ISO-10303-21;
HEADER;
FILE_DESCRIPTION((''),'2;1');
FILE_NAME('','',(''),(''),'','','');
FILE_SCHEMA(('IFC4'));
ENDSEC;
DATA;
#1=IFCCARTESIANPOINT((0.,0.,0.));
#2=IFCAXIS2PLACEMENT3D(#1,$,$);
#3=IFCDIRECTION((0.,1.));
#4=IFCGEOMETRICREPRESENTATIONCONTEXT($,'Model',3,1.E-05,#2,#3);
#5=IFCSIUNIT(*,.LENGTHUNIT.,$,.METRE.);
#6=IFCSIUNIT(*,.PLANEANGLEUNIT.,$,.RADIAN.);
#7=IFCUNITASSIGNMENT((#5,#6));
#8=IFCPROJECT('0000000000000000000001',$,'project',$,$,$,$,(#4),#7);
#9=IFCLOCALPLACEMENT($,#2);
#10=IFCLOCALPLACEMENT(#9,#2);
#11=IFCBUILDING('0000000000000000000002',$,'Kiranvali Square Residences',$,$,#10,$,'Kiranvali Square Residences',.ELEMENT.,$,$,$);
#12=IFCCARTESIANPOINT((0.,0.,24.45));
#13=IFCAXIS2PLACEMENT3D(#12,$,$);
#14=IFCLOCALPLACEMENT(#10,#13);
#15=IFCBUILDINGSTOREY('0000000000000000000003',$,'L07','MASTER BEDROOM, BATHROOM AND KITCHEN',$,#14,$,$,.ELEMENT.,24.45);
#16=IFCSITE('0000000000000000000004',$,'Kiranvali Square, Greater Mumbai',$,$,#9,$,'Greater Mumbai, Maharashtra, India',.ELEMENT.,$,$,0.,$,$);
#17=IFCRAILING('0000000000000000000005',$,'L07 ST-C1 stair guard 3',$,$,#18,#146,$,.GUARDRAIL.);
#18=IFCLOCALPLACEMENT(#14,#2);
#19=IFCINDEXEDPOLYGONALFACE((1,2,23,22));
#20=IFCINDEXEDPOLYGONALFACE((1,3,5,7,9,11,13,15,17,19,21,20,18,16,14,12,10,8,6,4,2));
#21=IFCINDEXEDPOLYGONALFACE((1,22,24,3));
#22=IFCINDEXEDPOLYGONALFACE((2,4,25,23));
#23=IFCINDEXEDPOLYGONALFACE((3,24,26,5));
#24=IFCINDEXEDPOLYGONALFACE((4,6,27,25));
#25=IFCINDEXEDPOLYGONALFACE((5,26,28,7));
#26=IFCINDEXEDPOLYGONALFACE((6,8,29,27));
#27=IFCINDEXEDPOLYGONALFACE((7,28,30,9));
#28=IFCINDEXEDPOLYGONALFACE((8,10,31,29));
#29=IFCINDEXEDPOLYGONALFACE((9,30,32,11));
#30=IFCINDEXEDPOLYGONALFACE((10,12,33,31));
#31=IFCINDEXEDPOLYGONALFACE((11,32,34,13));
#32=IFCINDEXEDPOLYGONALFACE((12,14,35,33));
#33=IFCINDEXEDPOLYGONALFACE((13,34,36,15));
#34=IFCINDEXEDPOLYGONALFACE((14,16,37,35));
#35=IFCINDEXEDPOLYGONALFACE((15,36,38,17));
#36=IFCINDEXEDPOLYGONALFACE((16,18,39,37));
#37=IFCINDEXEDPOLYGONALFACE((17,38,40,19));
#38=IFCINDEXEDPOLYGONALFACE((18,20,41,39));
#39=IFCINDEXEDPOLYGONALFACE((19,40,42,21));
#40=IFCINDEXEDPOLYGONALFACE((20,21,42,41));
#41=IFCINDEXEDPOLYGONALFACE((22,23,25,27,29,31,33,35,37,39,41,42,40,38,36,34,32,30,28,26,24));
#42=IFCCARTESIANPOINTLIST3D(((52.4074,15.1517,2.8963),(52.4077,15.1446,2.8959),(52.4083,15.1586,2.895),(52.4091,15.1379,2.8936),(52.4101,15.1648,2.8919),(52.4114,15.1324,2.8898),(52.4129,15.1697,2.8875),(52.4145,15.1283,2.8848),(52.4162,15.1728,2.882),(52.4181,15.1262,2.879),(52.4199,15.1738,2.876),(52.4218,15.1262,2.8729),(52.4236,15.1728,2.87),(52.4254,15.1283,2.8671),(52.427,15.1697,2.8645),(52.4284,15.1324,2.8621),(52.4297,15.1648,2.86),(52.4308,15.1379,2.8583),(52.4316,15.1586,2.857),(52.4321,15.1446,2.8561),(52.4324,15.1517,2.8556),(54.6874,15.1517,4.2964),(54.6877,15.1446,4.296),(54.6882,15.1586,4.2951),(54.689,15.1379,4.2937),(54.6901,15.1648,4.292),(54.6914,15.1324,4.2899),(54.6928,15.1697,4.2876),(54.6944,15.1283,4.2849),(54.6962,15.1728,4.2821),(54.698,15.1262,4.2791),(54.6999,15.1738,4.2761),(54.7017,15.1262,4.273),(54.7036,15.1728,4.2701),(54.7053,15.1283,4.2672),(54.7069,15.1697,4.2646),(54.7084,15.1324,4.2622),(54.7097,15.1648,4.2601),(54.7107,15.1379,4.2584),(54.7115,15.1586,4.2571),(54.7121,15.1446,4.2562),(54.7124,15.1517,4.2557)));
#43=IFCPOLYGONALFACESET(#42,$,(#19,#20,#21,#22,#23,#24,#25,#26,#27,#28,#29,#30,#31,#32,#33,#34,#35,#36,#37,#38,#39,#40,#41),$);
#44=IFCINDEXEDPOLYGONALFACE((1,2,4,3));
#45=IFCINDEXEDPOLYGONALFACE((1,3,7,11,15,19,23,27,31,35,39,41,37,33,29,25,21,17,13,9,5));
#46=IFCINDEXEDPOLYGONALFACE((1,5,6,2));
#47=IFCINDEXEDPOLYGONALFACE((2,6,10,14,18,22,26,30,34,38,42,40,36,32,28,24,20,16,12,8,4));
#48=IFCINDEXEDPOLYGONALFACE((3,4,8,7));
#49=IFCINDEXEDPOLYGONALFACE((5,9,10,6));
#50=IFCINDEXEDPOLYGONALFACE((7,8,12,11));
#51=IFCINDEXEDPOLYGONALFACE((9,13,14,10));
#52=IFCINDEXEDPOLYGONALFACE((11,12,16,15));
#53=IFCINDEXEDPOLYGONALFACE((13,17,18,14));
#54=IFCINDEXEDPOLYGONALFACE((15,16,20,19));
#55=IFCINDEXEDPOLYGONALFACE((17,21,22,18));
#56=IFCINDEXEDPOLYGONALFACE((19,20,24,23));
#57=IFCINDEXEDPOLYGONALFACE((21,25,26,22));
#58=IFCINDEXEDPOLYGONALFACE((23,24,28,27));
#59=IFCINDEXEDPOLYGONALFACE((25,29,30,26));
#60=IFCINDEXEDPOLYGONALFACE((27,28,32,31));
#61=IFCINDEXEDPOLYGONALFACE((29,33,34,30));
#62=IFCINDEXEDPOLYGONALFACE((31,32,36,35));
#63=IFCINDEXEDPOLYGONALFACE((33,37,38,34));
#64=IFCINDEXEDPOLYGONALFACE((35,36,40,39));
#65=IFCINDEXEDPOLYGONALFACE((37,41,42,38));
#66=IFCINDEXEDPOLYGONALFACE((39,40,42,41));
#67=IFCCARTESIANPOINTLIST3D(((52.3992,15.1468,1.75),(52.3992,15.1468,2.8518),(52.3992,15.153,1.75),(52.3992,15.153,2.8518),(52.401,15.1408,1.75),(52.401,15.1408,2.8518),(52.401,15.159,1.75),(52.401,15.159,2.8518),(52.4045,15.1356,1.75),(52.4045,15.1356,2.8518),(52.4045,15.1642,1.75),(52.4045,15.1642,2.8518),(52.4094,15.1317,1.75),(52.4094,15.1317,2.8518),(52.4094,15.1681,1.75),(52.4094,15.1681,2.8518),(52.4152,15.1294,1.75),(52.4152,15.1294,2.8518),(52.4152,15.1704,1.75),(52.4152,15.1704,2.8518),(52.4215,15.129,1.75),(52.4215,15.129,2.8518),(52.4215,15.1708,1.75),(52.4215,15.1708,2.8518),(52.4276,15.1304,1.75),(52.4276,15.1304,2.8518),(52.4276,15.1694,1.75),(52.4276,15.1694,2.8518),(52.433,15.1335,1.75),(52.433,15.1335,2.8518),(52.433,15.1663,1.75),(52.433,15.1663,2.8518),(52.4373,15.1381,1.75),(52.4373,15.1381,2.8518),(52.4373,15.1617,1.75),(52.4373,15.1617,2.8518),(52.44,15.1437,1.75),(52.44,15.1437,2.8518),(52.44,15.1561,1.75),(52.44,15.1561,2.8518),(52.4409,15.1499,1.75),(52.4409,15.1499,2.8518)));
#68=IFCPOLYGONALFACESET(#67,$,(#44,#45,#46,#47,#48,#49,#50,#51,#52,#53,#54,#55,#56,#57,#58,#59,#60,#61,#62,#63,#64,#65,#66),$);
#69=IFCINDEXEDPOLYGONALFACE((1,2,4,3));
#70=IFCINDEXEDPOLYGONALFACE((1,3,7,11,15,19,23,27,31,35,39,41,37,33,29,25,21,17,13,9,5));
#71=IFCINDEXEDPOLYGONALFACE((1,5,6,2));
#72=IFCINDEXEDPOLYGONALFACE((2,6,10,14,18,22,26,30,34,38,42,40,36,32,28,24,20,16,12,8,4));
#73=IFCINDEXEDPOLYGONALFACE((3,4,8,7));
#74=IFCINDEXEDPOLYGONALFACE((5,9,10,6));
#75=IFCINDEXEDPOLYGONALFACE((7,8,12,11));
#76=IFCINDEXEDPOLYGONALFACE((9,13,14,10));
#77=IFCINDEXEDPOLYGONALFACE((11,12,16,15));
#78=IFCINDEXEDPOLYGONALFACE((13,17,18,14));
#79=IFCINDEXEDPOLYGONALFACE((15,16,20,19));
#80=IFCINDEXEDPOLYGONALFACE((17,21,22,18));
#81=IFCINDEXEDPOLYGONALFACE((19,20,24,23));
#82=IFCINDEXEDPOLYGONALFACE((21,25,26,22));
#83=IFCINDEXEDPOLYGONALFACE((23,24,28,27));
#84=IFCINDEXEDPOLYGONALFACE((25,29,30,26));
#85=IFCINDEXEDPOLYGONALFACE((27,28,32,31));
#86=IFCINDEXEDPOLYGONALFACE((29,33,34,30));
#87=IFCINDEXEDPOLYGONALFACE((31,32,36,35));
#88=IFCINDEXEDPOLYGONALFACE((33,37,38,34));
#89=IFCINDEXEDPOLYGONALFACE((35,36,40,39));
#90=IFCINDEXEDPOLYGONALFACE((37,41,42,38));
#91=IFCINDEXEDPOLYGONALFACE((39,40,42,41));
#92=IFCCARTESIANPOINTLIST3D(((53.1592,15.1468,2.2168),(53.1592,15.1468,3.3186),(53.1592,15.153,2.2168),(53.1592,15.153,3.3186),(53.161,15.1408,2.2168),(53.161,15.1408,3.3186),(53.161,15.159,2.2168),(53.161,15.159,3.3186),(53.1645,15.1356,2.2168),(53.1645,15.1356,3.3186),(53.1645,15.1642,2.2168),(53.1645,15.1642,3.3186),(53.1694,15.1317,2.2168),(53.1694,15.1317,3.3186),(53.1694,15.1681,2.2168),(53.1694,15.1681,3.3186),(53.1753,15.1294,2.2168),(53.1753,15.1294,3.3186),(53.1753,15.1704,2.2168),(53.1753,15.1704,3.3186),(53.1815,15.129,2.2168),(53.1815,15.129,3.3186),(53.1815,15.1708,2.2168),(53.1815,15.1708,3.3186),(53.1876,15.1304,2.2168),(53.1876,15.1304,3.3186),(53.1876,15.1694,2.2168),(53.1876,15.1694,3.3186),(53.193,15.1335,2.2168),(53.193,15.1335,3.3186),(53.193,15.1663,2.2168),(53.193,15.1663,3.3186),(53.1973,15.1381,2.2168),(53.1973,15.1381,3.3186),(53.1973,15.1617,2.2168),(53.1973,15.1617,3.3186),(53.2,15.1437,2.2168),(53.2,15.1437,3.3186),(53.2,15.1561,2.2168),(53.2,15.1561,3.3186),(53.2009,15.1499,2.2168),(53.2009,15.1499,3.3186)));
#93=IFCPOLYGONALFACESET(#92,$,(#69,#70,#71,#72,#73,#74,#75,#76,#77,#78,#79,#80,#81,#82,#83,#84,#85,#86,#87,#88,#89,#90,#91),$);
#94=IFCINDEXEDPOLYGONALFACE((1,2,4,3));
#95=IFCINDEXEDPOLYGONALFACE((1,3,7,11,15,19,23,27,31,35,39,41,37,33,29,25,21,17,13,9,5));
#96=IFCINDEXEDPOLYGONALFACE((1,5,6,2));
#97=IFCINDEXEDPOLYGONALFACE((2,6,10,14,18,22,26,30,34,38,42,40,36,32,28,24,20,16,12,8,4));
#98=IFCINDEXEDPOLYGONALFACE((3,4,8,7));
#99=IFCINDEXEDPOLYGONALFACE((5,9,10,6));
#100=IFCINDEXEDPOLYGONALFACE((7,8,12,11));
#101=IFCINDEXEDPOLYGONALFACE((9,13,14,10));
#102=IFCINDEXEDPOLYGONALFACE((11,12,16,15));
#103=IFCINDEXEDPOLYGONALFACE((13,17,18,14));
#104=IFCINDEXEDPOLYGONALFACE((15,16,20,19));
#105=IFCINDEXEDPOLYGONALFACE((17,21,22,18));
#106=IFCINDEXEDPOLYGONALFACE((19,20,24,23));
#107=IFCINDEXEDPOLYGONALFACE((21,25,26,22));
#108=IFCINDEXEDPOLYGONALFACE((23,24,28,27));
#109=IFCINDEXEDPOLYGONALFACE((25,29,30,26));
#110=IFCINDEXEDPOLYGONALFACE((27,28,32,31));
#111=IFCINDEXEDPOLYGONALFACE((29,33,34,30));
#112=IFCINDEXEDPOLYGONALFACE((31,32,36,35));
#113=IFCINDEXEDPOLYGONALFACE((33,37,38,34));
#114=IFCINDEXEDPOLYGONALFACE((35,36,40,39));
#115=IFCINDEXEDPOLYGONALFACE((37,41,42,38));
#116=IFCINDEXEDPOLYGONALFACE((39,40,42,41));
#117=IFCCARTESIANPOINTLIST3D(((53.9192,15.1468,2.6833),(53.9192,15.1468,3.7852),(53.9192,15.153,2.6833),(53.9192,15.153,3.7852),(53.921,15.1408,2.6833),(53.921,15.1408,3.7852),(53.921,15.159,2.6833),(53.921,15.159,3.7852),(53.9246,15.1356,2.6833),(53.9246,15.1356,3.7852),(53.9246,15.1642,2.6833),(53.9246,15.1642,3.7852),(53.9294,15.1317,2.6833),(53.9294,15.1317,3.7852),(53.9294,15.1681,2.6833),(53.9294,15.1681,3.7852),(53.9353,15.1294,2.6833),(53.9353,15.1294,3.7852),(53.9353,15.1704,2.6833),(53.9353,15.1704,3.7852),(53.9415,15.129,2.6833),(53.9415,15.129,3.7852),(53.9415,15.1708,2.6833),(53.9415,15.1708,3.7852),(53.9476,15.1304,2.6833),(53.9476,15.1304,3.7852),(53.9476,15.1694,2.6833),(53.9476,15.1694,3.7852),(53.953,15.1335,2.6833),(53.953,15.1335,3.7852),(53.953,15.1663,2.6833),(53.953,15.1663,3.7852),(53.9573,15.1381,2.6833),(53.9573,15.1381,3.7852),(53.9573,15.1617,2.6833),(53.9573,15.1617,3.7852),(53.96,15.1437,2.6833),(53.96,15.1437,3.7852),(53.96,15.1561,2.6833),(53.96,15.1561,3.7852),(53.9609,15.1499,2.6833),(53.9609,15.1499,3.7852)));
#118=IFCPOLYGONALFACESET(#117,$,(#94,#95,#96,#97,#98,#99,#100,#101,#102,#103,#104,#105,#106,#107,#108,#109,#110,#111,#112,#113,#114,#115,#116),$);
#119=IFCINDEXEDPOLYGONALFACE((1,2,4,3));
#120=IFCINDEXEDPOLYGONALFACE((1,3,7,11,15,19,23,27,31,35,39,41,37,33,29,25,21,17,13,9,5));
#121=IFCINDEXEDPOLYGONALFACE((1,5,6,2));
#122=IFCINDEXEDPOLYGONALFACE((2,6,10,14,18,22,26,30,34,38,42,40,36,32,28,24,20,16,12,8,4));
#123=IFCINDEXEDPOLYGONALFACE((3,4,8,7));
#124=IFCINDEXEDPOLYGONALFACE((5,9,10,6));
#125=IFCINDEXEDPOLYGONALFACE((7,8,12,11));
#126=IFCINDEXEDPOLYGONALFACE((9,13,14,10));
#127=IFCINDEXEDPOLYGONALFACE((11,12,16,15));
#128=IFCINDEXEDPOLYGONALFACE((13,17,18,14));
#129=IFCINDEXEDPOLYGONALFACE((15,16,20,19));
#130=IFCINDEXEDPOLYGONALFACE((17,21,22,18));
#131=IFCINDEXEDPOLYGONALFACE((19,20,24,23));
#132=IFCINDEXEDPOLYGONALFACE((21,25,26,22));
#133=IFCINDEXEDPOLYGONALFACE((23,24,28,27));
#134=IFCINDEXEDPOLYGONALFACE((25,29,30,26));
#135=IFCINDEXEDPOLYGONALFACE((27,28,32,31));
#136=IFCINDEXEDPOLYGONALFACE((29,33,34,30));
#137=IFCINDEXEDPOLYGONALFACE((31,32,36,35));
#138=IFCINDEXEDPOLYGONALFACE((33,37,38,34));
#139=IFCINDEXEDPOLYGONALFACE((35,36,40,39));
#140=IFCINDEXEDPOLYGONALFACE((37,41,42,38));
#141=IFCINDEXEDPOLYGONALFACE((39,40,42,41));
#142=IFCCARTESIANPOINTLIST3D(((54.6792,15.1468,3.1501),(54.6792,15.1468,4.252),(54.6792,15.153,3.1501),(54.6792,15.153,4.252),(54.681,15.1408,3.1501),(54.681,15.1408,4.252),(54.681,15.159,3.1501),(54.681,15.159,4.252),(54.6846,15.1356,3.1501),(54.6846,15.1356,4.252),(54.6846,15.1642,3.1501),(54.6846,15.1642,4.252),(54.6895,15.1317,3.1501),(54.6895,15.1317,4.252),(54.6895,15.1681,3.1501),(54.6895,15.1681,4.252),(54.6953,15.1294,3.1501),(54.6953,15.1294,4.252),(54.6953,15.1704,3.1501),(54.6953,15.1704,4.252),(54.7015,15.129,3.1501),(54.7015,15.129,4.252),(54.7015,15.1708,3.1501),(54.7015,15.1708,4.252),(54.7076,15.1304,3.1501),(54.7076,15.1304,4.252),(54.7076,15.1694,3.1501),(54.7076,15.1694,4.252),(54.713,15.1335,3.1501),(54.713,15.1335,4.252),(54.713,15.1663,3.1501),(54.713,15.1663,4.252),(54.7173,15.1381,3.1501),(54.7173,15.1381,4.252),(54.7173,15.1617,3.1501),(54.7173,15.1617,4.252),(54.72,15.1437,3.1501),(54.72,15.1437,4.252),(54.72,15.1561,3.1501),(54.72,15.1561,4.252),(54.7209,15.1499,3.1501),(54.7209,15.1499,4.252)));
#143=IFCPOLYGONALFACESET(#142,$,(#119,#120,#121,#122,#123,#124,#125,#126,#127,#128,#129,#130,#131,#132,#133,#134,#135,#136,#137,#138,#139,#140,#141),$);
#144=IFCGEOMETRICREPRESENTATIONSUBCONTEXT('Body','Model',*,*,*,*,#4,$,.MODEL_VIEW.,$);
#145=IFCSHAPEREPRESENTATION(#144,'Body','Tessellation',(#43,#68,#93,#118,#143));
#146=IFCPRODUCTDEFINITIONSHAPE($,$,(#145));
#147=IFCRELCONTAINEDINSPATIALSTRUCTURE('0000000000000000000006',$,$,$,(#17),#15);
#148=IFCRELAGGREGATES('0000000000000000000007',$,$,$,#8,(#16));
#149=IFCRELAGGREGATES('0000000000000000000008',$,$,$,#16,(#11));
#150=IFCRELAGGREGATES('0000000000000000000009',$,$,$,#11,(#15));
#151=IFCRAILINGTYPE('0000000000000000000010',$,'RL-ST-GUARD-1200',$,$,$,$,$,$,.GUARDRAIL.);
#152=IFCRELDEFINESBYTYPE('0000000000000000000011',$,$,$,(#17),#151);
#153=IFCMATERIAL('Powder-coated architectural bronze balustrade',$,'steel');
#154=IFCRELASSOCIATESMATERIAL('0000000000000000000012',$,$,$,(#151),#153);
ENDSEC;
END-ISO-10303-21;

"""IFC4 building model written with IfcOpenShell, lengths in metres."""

from ifc_helpers import new_model, si_unit, direction, frame, origin, origin_2d, place, context, subcontext, project, spatial, circle, extrude, material, type_object, element, save


model = new_model("IFC4")

# Units and contexts
model_context = context("Model", 3, precision=1e-05, world=origin(), true_north=direction((0.0, 1.0)))
body_context = subcontext(model_context, "Body", "Model", "MODEL_VIEW")
ifc_project = project(units=[si_unit("LENGTHUNIT", "METRE"), si_unit("PLANEANGLEUNIT", "RADIAN")], contexts=[model_context])

# Site, building, storey
site_placement = place(None, origin())
site = spatial("IfcSite", under=ifc_project, at=site_placement, Name="Kiranvali Square, Greater Mumbai", LongName="Greater Mumbai, Maharashtra, India", CompositionType="ELEMENT", RefElevation=0.0)
building_placement = place(site_placement, origin())
building = spatial("IfcBuilding", under=site, at=building_placement, Name="Kiranvali Square Residences", LongName="Kiranvali Square Residences", CompositionType="ELEMENT")
storey_placement = place(building_placement, frame((0.0, 0.0, 24.45)))
storey = spatial("IfcBuildingStorey", under=building, at=storey_placement, Name="L07", Description="MASTER BEDROOM, BATHROOM AND KITCHEN", CompositionType="ELEMENT", Elevation=24.45)

# Railing
ifc_material_1 = material(Name="Powder-coated architectural bronze balustrade", Category="steel")
railing_type_1 = type_object("IfcRailingType", Name="RL-ST-GUARD-1200", PredefinedType="GUARDRAIL", material=ifc_material_1)
railing_1_placement = place(storey_placement, frame((52.4199, 15.1499, 1.75)))
element("IfcRailing", 1, at=railing_1_placement, inside=storey, type_object=railing_type_1, Name="L07 ST-C1 stair guard 3", PredefinedType="GUARDRAIL", context=body_context, shape_type="SweptSolid", body=[
    extrude(circle(Radius=0.0239, at=origin_2d()), frame((0.0, 0.0, 1.126), z_axis=(0.85215, 0.0, 0.523298), x_axis=(0.0, 1.0, 0.0)), (0.0, 0.0, 1.0), 2.6755),
    extrude(circle(Radius=0.021, at=origin_2d()), origin(), (0.0, 0.0, 1.0), 1.1018),
    extrude(circle(Radius=0.021, at=origin_2d()), frame((0.76, 0.0, 0.4668)), (0.0, 0.0, 1.0), 1.1018),
    extrude(circle(Radius=0.021, at=origin_2d()), frame((1.52, 0.0, 0.9333)), (0.0, 0.0, 1.0), 1.1018),
    extrude(circle(Radius=0.021, at=origin_2d()), frame((2.28, 0.0, 1.4001)), (0.0, 0.0, 1.0), 1.1018),
])

save(model, "model.ifc")
